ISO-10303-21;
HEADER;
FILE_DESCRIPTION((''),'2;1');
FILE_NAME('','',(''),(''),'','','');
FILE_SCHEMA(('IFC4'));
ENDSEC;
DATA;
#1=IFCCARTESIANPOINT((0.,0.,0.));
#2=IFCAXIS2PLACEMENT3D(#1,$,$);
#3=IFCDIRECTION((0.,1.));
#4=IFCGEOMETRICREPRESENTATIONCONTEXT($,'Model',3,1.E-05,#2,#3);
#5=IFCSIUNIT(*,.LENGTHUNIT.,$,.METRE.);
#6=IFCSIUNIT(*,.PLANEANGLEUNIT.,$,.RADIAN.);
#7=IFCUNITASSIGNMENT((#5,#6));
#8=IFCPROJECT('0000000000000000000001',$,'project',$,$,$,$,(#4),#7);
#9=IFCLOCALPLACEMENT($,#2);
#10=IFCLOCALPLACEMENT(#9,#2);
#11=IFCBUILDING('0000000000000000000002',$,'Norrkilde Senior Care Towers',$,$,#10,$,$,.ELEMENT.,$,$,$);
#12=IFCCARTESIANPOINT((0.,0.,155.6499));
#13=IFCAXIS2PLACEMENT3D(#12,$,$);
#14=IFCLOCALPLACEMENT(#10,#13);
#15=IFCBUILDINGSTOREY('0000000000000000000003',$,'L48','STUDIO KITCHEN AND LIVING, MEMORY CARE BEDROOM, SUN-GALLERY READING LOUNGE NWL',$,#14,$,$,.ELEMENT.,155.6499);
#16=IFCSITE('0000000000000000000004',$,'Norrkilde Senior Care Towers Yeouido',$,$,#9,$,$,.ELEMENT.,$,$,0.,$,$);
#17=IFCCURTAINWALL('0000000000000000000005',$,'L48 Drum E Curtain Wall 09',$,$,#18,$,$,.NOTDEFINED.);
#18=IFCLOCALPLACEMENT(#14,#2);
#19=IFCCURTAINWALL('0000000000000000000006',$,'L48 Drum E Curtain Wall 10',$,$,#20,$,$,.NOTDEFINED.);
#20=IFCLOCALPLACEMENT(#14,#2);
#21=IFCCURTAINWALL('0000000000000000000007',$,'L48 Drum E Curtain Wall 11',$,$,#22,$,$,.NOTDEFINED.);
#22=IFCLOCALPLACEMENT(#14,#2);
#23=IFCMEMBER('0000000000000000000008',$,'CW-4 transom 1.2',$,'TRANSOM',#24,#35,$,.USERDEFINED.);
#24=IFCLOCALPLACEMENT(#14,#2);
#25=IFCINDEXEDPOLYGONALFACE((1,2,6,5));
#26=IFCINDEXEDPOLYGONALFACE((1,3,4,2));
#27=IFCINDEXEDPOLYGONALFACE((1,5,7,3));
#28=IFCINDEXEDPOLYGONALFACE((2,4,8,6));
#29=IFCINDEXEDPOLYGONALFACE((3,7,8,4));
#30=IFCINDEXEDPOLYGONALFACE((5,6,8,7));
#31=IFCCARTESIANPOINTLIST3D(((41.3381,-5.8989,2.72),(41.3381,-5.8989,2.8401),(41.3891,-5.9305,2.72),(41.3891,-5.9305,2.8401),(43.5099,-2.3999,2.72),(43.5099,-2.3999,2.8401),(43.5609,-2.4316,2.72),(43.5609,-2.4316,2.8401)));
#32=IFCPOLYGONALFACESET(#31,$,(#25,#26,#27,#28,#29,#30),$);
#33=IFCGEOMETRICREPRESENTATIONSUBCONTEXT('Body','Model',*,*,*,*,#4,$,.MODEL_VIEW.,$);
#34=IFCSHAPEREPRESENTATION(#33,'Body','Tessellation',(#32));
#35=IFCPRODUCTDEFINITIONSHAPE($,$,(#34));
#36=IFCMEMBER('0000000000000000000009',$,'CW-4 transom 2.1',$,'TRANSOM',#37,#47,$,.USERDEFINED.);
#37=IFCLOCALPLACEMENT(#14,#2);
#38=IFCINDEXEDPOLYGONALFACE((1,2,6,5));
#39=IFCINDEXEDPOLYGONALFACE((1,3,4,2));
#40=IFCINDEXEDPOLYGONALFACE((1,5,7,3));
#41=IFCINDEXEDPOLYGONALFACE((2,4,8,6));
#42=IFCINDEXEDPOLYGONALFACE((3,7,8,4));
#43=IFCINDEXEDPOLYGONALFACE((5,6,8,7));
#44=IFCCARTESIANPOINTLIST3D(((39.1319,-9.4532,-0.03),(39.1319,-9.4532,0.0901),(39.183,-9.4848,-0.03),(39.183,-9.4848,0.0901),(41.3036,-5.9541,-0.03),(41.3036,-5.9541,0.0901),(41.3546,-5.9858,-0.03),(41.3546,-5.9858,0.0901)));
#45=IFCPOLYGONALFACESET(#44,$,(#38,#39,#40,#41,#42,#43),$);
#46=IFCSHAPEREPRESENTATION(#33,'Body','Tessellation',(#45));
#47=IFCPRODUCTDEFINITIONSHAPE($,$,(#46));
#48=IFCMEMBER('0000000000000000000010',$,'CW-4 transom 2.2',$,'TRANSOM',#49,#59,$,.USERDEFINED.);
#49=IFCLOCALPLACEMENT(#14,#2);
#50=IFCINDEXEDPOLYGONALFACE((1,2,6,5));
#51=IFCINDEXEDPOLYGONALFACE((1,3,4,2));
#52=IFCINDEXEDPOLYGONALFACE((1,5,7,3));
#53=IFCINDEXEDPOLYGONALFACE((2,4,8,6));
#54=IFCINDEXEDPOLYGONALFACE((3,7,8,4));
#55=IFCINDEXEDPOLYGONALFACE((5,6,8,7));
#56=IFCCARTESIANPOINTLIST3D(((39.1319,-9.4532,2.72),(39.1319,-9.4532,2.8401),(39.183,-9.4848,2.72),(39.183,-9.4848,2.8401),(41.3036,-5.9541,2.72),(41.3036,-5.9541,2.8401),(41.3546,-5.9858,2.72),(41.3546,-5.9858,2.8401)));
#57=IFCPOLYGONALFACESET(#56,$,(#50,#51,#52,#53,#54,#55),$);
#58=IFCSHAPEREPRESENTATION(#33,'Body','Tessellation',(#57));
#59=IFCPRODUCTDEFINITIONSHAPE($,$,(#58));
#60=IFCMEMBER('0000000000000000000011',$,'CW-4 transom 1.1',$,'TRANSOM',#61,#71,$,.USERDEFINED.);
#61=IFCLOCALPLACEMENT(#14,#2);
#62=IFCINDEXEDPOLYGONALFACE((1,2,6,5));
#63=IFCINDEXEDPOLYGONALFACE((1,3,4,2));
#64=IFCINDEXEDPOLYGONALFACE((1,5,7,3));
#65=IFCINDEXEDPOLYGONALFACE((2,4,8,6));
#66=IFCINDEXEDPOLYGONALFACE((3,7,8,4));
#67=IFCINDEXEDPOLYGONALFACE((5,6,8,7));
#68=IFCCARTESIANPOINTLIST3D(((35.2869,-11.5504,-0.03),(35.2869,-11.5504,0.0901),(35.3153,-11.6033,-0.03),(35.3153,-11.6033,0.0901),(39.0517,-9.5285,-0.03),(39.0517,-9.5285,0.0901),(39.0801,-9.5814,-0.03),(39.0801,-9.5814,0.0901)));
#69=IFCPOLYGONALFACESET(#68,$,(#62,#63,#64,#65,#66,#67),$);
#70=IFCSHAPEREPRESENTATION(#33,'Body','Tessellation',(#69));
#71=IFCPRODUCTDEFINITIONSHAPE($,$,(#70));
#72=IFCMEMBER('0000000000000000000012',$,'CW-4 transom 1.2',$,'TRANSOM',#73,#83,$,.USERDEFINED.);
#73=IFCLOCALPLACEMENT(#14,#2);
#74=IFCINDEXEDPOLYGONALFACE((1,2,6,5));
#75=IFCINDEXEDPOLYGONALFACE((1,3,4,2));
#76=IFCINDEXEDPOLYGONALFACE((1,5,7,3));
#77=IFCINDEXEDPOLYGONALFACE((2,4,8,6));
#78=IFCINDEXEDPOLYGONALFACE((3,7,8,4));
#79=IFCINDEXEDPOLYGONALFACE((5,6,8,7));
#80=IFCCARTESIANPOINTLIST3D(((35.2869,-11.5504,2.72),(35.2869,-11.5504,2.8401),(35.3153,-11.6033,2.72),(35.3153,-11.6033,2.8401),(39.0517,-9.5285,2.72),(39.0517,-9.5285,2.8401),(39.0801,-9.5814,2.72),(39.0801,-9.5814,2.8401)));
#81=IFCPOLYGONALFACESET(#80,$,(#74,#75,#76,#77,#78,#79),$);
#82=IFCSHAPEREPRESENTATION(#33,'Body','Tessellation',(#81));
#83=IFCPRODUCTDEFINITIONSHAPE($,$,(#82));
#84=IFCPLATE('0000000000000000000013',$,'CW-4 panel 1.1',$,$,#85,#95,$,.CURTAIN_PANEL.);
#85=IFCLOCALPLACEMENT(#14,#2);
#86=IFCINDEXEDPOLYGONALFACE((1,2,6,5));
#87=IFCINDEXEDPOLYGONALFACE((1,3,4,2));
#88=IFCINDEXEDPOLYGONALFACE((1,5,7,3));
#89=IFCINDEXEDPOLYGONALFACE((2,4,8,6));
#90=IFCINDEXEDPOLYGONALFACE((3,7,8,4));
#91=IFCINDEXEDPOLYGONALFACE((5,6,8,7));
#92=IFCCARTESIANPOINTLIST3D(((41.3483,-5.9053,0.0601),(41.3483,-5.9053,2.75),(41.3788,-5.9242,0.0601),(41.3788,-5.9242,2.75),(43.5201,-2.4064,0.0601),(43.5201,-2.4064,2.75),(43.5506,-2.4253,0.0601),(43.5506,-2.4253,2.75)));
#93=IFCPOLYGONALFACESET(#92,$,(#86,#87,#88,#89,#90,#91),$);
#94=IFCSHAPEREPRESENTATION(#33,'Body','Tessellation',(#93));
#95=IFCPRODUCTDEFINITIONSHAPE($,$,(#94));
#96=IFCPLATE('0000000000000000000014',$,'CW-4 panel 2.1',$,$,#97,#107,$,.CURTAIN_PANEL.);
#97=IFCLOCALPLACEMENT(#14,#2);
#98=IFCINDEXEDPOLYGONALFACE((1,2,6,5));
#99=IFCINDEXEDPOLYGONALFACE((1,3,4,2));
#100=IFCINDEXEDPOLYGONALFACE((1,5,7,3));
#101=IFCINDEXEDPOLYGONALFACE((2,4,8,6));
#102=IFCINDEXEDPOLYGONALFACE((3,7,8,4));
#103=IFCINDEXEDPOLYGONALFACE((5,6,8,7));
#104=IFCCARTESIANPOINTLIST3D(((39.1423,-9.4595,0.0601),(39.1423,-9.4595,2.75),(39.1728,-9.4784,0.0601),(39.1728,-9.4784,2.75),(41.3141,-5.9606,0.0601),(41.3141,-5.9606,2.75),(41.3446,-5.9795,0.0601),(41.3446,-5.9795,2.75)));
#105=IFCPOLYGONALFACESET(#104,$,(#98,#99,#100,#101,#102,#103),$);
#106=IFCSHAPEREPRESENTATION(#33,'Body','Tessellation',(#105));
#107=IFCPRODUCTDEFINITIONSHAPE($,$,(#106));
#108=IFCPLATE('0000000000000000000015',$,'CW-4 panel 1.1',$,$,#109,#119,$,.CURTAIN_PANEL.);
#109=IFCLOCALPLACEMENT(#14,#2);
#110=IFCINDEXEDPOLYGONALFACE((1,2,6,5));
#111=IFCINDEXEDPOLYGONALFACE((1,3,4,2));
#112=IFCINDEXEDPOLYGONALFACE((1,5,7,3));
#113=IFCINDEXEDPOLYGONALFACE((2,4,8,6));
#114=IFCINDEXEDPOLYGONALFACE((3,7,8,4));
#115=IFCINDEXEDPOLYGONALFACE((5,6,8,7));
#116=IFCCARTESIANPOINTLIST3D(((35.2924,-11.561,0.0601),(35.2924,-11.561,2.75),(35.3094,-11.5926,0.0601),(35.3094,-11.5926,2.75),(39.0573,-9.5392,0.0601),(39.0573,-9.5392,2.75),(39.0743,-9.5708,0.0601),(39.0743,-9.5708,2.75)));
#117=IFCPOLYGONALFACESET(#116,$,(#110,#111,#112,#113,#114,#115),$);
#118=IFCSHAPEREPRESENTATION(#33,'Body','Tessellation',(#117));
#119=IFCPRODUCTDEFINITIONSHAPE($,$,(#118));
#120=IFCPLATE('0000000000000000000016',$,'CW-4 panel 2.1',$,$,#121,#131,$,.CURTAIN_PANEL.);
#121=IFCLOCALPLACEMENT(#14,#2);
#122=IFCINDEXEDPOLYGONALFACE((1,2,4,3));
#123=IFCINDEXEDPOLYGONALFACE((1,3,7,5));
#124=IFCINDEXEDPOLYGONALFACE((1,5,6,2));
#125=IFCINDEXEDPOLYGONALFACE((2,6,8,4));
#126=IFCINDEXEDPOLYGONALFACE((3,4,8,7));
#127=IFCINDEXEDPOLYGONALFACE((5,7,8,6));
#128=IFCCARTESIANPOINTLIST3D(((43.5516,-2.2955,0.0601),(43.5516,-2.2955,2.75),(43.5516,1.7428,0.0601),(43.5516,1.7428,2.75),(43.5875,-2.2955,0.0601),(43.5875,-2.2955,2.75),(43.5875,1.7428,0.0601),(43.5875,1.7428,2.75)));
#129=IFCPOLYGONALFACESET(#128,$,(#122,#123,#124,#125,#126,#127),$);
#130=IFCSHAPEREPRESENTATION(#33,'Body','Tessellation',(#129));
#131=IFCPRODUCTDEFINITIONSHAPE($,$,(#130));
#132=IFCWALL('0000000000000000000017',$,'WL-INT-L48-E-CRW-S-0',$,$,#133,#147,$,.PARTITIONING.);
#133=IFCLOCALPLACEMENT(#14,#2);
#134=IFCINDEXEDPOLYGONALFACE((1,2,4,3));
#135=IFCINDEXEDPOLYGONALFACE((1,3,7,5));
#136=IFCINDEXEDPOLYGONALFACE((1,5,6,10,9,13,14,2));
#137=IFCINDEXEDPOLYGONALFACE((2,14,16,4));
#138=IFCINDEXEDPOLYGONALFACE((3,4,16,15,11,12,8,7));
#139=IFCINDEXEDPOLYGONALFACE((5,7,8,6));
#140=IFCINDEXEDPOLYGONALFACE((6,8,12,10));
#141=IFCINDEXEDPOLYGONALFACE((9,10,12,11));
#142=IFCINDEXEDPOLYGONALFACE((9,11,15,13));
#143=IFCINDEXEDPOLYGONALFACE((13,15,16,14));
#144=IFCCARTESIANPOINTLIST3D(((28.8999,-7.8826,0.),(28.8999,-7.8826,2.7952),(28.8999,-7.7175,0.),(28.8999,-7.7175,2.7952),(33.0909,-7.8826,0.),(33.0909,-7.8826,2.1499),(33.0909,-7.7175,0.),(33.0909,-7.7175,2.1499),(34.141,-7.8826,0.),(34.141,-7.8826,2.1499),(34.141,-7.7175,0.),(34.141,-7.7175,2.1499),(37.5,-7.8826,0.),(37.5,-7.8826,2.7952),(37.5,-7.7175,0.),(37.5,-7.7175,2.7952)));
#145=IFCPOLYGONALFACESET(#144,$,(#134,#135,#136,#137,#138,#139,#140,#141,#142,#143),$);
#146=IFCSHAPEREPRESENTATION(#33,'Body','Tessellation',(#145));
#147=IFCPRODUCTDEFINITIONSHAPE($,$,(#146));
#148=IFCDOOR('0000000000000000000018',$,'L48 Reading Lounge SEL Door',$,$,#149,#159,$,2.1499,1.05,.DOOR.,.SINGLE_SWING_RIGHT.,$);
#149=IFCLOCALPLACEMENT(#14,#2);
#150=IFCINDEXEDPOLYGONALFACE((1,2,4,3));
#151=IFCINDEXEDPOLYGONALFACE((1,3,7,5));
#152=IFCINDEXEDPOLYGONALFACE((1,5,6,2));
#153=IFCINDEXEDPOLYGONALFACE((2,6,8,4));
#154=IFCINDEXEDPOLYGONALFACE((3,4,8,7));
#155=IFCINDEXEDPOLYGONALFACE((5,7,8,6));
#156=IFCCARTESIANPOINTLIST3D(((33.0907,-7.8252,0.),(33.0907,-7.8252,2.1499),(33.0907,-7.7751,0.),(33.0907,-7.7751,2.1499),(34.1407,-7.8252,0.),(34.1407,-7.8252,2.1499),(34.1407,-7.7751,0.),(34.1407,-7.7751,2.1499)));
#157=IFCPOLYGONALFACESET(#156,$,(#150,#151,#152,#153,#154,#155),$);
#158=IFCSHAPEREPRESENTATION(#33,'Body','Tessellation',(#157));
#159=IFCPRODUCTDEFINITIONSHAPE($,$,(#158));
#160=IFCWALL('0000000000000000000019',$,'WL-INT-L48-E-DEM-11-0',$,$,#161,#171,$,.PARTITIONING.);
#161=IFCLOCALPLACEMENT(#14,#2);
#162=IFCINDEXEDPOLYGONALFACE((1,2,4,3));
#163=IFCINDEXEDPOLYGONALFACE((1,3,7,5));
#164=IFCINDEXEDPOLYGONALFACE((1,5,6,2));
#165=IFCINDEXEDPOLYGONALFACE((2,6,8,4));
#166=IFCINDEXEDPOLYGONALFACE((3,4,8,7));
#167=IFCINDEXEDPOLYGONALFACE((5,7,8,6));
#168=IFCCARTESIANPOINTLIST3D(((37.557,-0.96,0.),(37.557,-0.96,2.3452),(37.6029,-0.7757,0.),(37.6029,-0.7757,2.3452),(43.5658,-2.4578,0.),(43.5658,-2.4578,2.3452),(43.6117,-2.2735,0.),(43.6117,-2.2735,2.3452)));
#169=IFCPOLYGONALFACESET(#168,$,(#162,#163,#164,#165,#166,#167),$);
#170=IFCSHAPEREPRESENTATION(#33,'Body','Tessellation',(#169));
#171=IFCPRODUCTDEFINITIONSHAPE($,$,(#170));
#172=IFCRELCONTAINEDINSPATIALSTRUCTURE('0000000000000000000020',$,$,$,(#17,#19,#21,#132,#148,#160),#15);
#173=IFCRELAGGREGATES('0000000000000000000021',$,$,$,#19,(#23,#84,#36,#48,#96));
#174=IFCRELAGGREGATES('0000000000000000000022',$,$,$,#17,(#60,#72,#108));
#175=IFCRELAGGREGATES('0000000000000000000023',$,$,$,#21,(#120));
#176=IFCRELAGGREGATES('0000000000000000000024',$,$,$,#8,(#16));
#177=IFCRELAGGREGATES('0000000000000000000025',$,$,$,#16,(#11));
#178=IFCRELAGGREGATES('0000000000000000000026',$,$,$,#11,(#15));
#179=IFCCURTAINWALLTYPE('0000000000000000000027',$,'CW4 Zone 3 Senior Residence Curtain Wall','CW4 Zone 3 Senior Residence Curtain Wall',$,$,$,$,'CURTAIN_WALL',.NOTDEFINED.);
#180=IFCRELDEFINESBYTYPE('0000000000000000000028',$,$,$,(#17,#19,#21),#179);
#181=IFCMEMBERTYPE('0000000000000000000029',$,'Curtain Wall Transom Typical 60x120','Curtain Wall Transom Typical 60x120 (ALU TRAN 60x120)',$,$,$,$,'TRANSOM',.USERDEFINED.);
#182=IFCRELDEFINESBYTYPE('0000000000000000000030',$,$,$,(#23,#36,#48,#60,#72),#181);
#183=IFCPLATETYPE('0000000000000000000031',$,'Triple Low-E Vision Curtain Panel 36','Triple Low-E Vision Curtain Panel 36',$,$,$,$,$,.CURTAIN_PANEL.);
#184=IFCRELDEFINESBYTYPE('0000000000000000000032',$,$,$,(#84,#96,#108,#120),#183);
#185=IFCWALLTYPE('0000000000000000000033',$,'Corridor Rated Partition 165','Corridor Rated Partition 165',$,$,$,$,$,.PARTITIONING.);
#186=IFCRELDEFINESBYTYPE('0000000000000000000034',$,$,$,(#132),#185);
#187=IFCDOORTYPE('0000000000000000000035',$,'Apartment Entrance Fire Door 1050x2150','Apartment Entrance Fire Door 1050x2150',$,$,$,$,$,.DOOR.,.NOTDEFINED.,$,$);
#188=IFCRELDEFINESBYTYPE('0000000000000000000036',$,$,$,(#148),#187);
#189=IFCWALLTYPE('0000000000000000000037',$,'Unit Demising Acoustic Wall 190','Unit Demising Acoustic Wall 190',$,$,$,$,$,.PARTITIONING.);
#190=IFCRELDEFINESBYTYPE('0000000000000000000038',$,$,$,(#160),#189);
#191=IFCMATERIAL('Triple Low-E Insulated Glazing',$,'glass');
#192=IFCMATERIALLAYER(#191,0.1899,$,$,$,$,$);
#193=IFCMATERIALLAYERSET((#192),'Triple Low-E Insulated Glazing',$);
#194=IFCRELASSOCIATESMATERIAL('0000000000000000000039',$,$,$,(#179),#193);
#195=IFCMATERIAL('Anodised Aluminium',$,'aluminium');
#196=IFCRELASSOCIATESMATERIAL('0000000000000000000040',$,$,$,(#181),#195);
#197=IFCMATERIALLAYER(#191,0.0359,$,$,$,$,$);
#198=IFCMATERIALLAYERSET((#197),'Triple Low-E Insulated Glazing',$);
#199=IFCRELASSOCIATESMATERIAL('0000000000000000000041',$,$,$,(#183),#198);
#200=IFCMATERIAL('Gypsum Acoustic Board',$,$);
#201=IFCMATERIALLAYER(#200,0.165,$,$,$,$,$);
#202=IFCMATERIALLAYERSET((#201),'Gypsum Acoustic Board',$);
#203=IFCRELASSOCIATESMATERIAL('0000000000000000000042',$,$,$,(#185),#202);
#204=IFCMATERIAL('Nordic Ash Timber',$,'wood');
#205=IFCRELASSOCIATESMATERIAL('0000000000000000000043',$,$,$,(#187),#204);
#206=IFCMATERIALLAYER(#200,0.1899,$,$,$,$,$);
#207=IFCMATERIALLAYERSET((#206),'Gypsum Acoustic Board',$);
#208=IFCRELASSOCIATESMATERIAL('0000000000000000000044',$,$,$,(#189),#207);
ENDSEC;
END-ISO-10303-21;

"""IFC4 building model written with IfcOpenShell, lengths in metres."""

from ifc_helpers import new_model, si_unit, direction, frame, frame_2d, origin, origin_2d, place, context, subcontext, project, spatial, rectangle, extrude, source, transform, mapped, material, layer, layer_set, material_profile, profile_set, type_object, type_shapes, element, fill, aggregate, save


model = new_model("IFC4")

# Units and contexts
model_context = context("Model", 3, precision=1e-05, world=origin(), true_north=direction((0.0, 1.0)))
body_context = subcontext(model_context, "Body", "Model", "MODEL_VIEW")
ifc_project = project(units=[si_unit("LENGTHUNIT", "METRE"), si_unit("PLANEANGLEUNIT", "RADIAN")], contexts=[model_context])

# Site, building, storey
site_placement = place(None, origin())
site = spatial("IfcSite", under=ifc_project, at=site_placement, Name="Norrkilde Senior Care Towers Yeouido", CompositionType="ELEMENT", RefElevation=0.0)
building_placement = place(site_placement, origin())
building = spatial("IfcBuilding", under=site, at=building_placement, Name="Norrkilde Senior Care Towers", CompositionType="ELEMENT")
storey_placement = place(building_placement, frame((0.0, 0.0, 155.6499)))
storey = spatial("IfcBuildingStorey", under=building, at=storey_placement, Name="L48", Description="STUDIO KITCHEN AND LIVING, MEMORY CARE BEDROOM, SUN-GALLERY READING LOUNGE NWL", CompositionType="ELEMENT", Elevation=155.6499)

# Curtain wall
ifc_material_1 = material(Name="Triple Low-E Insulated Glazing", Category="glass")
ifc_layer_1 = layer(ifc_material_1, 0.1899)
ifc_layer_set_1 = layer_set([ifc_layer_1], Name="Triple Low-E Insulated Glazing")
curtain_wall_type = type_object("IfcCurtainWallType", Name="CW4 Zone 3 Senior Residence Curtain Wall", Description="CW4 Zone 3 Senior Residence Curtain Wall", ElementType="CURTAIN_WALL", PredefinedType="NOTDEFINED", material=ifc_layer_set_1)
curtain_wall_1_placement = place(storey_placement, origin())
curtain_wall_1 = element("IfcCurtainWall", 1, at=curtain_wall_1_placement, inside=storey, type_object=curtain_wall_type, Name="L48 Drum E Curtain Wall 09", PredefinedType="NOTDEFINED")
ifc_material_2 = material(Name="Anodised Aluminium", Category="aluminium")

# Curtain wall
curtain_wall_2_placement = place(storey_placement, origin())
curtain_wall_2 = element("IfcCurtainWall", 2, at=curtain_wall_2_placement, inside=storey, type_object=curtain_wall_type, Name="L48 Drum E Curtain Wall 10", PredefinedType="NOTDEFINED")

# Curtain wall
curtain_wall_3_placement = place(storey_placement, origin())
curtain_wall_3 = element("IfcCurtainWall", 3, at=curtain_wall_3_placement, inside=storey, type_object=curtain_wall_type, Name="L48 Drum E Curtain Wall 11", PredefinedType="NOTDEFINED")

# Members
ifc_material_profile_1 = material_profile(ifc_material_2, rectangle(XDim=0.0601, YDim=0.1201, at=origin_2d()), Name="ALU TRAN 60x120")
ifc_profile_set_1 = profile_set([ifc_material_profile_1], Name="Anodised Aluminium")
member_type_1 = type_object("IfcMemberType", Name="Curtain Wall Transom Typical 60x120", Description="Curtain Wall Transom Typical 60x120 (ALU TRAN 60x120)", ElementType="TRANSOM", PredefinedType="USERDEFINED", material=ifc_profile_set_1)
shared_shape_1 = source(origin(), body_context, "Body", "SweptSolid", [
    extrude(rectangle(XDim=0.0601, YDim=0.1201, at=origin_2d()), origin(), (0.0, 0.0, 1.0), 4.1182),
])
member_1_placement = place(storey_placement, frame((43.5354, -2.4158, 2.78), z_axis=(-0.527375, -0.849633, 0.0), x_axis=(0.849633, -0.527375, 0.0)))
member_1 = element("IfcMember", 4, at=member_1_placement, type_object=member_type_1, Name="CW-4 transom 1.2", ObjectType="TRANSOM", PredefinedType="USERDEFINED", context=body_context, shape_type="MappedRepresentation", body=[
    mapped(shared_shape_1, transform((0.0, 0.0, 0.0), x_axis=(1.0, 0.0, 0.0), y_axis=(0.0, 1.0, 0.0), z_axis=(0.0, 0.0, 1.0), scale=1.0)),
])
member_2_placement = place(storey_placement, frame((41.3291, -5.97, 0.03), z_axis=(-0.527332, -0.849659, 0.0), x_axis=(0.849659, -0.527332, 0.0)))
member_2 = element("IfcMember", 5, at=member_2_placement, type_object=member_type_1, Name="CW-4 transom 2.1", ObjectType="TRANSOM", PredefinedType="USERDEFINED", context=body_context, shape_type="MappedRepresentation", body=[
    mapped(shared_shape_1, transform((0.0, 0.0, 0.0), x_axis=(1.0, 0.0, 0.0), y_axis=(0.0, 1.0, 0.0), z_axis=(0.0, 0.0, 1.0), scale=1.0)),
])
member_3_placement = place(storey_placement, frame((41.3291, -5.97, 2.78), z_axis=(-0.527332, -0.849659, 0.0), x_axis=(0.849659, -0.527332, 0.0)))
member_3 = element("IfcMember", 6, at=member_3_placement, type_object=member_type_1, Name="CW-4 transom 2.2", ObjectType="TRANSOM", PredefinedType="USERDEFINED", context=body_context, shape_type="MappedRepresentation", body=[
    mapped(shared_shape_1, transform((0.0, 0.0, 0.0), x_axis=(1.0, 0.0, 0.0), y_axis=(0.0, 1.0, 0.0), z_axis=(0.0, 0.0, 1.0), scale=1.0)),
])
shared_shape_2 = source(origin(), body_context, "Body", "SweptSolid", [
    extrude(rectangle(XDim=0.0601, YDim=0.1201, at=origin_2d()), origin(), (0.0, 0.0, 1.0), 4.2734),
])
type_shapes(member_type_1, [shared_shape_1, shared_shape_2])
member_4_placement = place(storey_placement, frame((39.0659, -9.5549, 0.03), z_axis=(-0.880986, -0.473142, 0.0), x_axis=(0.473142, -0.880986, 0.0)))
member_4 = element("IfcMember", 7, at=member_4_placement, type_object=member_type_1, Name="CW-4 transom 1.1", ObjectType="TRANSOM", PredefinedType="USERDEFINED", context=body_context, shape_type="MappedRepresentation", body=[
    mapped(shared_shape_2, transform((0.0, 0.0, 0.0), x_axis=(1.0, 0.0, 0.0), y_axis=(0.0, 1.0, 0.0), z_axis=(0.0, 0.0, 1.0), scale=1.0)),
])
member_5_placement = place(storey_placement, frame((39.0659, -9.5549, 2.78), z_axis=(-0.880986, -0.473142, 0.0), x_axis=(0.473142, -0.880986, 0.0)))
member_5 = element("IfcMember", 8, at=member_5_placement, type_object=member_type_1, Name="CW-4 transom 1.2", ObjectType="TRANSOM", PredefinedType="USERDEFINED", context=body_context, shape_type="MappedRepresentation", body=[
    mapped(shared_shape_2, transform((0.0, 0.0, 0.0), x_axis=(1.0, 0.0, 0.0), y_axis=(0.0, 1.0, 0.0), z_axis=(0.0, 0.0, 1.0), scale=1.0)),
])

# Plates
ifc_layer_2 = layer(ifc_material_1, 0.0359)
ifc_layer_set_2 = layer_set([ifc_layer_2], Name="Triple Low-E Insulated Glazing")
plate_type = type_object("IfcPlateType", Name="Triple Low-E Vision Curtain Panel 36", Description="Triple Low-E Vision Curtain Panel 36", PredefinedType="CURTAIN_PANEL", material=ifc_layer_set_2)
shared_shape_3 = source(origin(), body_context, "Body", "SweptSolid", [
    extrude(rectangle(XDim=4.1182, YDim=0.0359, at=origin_2d()), origin(), (0.0, 0.0, 1.0), 2.6899),
])
plate_1_placement = place(storey_placement, frame((42.4495, -4.1653, 0.0601), z_axis=(0.0, 0.0, 1.0), x_axis=(-0.527373, -0.849634, 0.0)))
plate_1 = element("IfcPlate", 9, at=plate_1_placement, type_object=plate_type, Name="CW-4 panel 1.1", PredefinedType="CURTAIN_PANEL", context=body_context, shape_type="MappedRepresentation", body=[
    mapped(shared_shape_3, transform((0.0, 0.0, 0.0), x_axis=(1.0, 0.0, 0.0), y_axis=(0.0, 1.0, 0.0), z_axis=(0.0, 0.0, 1.0), scale=1.0)),
])
plate_2_placement = place(storey_placement, frame((40.2434, -7.7195, 0.0601), z_axis=(0.0, 0.0, 1.0), x_axis=(-0.527373, -0.849634, 0.0)))
plate_2 = element("IfcPlate", 10, at=plate_2_placement, type_object=plate_type, Name="CW-4 panel 2.1", PredefinedType="CURTAIN_PANEL", context=body_context, shape_type="MappedRepresentation", body=[
    mapped(shared_shape_3, transform((0.0, 0.0, 0.0), x_axis=(1.0, 0.0, 0.0), y_axis=(0.0, 1.0, 0.0), z_axis=(0.0, 0.0, 1.0), scale=1.0)),
])
aggregate(curtain_wall_2, [member_1, plate_1, member_2, member_3, plate_2])
shared_shape_4 = source(origin(), body_context, "Body", "SweptSolid", [
    extrude(rectangle(XDim=4.2734, YDim=0.0359, at=origin_2d()), origin(), (0.0, 0.0, 1.0), 2.6899),
])
plate_3_placement = place(storey_placement, frame((37.1833, -10.5659, 0.0601), z_axis=(0.0, 0.0, 1.0), x_axis=(-0.881, -0.473117, 0.0)))
plate_3 = element("IfcPlate", 11, at=plate_3_placement, type_object=plate_type, Name="CW-4 panel 1.1", PredefinedType="CURTAIN_PANEL", context=body_context, shape_type="MappedRepresentation", body=[
    mapped(shared_shape_4, transform((0.0, 0.0, 0.0), x_axis=(1.0, 0.0, 0.0), y_axis=(0.0, 1.0, 0.0), z_axis=(0.0, 0.0, 1.0), scale=1.0)),
])
aggregate(curtain_wall_1, [member_4, member_5, plate_3])
shared_shape_5 = source(origin(), body_context, "Body", "SweptSolid", [
    extrude(rectangle(XDim=4.0383, YDim=0.0359, at=origin_2d()), origin(), (0.0, 0.0, 1.0), 2.6899),
])
type_shapes(plate_type, [shared_shape_3, shared_shape_4, shared_shape_5])
plate_4_placement = place(storey_placement, frame((43.5696, -0.2764, 0.0601), z_axis=(0.0, 0.0, 1.0), x_axis=(0.0, -1.0, 0.0)))
plate_4 = element("IfcPlate", 12, at=plate_4_placement, type_object=plate_type, Name="CW-4 panel 2.1", PredefinedType="CURTAIN_PANEL", context=body_context, shape_type="MappedRepresentation", body=[
    mapped(shared_shape_5, transform((0.0, 0.0, 0.0), x_axis=(1.0, 0.0, 0.0), y_axis=(0.0, 1.0, 0.0), z_axis=(0.0, 0.0, 1.0), scale=1.0)),
])
aggregate(curtain_wall_3, [plate_4])

# Wall, opening, door
ifc_material_3 = material(Name="Gypsum Acoustic Board")
ifc_layer_3 = layer(ifc_material_3, 0.165)
ifc_layer_set_3 = layer_set([ifc_layer_3], Name="Gypsum Acoustic Board")
wall_type_1 = type_object("IfcWallType", Name="Corridor Rated Partition 165", Description="Corridor Rated Partition 165", PredefinedType="PARTITIONING", material=ifc_layer_set_3)
shared_shape_6 = source(origin(), body_context, "Body", "SweptSolid", [
    extrude(rectangle(XDim=8.6001, YDim=0.165, at=frame_2d((4.3, 0.0))), origin(), (0.0, 0.0, 1.0), 2.7952),
])
wall_1_placement = place(storey_placement, frame((37.5, -7.8, 0.0), z_axis=(0.0, 0.0, 1.0), x_axis=(-1.0, 0.0, 0.0)))
wall_1 = element("IfcWall", 13, at=wall_1_placement, inside=storey, type_object=wall_type_1, Name="WL-INT-L48-E-CRW-S-0", PredefinedType="PARTITIONING", context=body_context, shape_type="MappedRepresentation", body=[
    mapped(shared_shape_6, transform((0.0, 0.0, 0.0), x_axis=(1.0, 0.0, 0.0), y_axis=(0.0, 1.0, 0.0), z_axis=(0.0, 0.0, 1.0), scale=1.0)),
])
opening_1_placement = place(wall_1_placement, frame((3.3591, 0.0, 0.0)))
opening_1 = element("IfcOpeningElement", 14, at=opening_1_placement, cuts=wall_1, PredefinedType="OPENING", context=body_context, shape_type="SweptSolid", body=[
    extrude(rectangle(XDim=1.05, YDim=2.1499, at=frame_2d((0.5249, 1.075))), frame((0.0, 0.0925, 0.0), z_axis=(0.0, -1.0, 0.0), x_axis=(1.0, 0.0, 0.0)), (0.0, 0.0, 1.0), 0.1851),
])
ifc_material_4 = material(Name="Nordic Ash Timber", Category="wood")
door_type_1 = type_object("IfcDoorType", Name="Apartment Entrance Fire Door 1050x2150", Description="Apartment Entrance Fire Door 1050x2150", OperationType="NOTDEFINED", PredefinedType="DOOR", material=ifc_material_4)
shared_shape_7 = source(origin(), body_context, "Body", "SweptSolid", [
    extrude(rectangle(XDim=1.05, YDim=2.1499, at=frame_2d((0.5249, 1.075))), frame((0.0, 0.0249, 0.0), z_axis=(0.0, -1.0, 0.0), x_axis=(1.0, 0.0, 0.0)), (0.0, 0.0, 1.0), 0.05),
])
type_shapes(door_type_1, [shared_shape_7])
door_1_placement = place(opening_1_placement, frame((1.05, 0.0, 0.0), z_axis=(0.0, 0.0, 1.0), x_axis=(-1.0, 0.0, 0.0)))
door_1 = element("IfcDoor", 15, at=door_1_placement, inside=storey, type_object=door_type_1, Name="L48 Reading Lounge SEL Door", OperationType="SINGLE_SWING_RIGHT", OverallHeight=2.1499, OverallWidth=1.05, PredefinedType="DOOR", context=body_context, shape_type="MappedRepresentation", body=[
    mapped(shared_shape_7, transform((0.0, 0.0, 0.0), x_axis=(1.0, 0.0, 0.0), y_axis=(0.0, 1.0, 0.0), z_axis=(0.0, 0.0, 1.0), scale=1.0)),
])
fill(opening_1, door_1)

# Wall
ifc_layer_4 = layer(ifc_material_3, 0.1899)
ifc_layer_set_4 = layer_set([ifc_layer_4], Name="Gypsum Acoustic Board")
wall_type_2 = type_object("IfcWallType", Name="Unit Demising Acoustic Wall 190", Description="Unit Demising Acoustic Wall 190", PredefinedType="PARTITIONING", material=ifc_layer_set_4)
shared_shape_8 = source(origin(), body_context, "Body", "SweptSolid", [
    extrude(rectangle(XDim=6.1926, YDim=0.1899, at=frame_2d((3.0962, 0.0))), origin(), (0.0, 0.0, 1.0), 2.3452),
])
type_shapes(wall_type_2, [shared_shape_8])
wall_2_placement = place(storey_placement, frame((37.5801, -0.8679, 0.0), z_axis=(0.0, 0.0, 1.0), x_axis=(0.970309, -0.241868, 0.0)))
element("IfcWall", 16, at=wall_2_placement, inside=storey, type_object=wall_type_2, Name="WL-INT-L48-E-DEM-11-0", PredefinedType="PARTITIONING", context=body_context, shape_type="MappedRepresentation", body=[
    mapped(shared_shape_8, transform((0.0, 0.0, 0.0), x_axis=(1.0, 0.0, 0.0), y_axis=(0.0, 1.0, 0.0), z_axis=(0.0, 0.0, 1.0), scale=1.0)),
])

save(model, "model.ifc")
